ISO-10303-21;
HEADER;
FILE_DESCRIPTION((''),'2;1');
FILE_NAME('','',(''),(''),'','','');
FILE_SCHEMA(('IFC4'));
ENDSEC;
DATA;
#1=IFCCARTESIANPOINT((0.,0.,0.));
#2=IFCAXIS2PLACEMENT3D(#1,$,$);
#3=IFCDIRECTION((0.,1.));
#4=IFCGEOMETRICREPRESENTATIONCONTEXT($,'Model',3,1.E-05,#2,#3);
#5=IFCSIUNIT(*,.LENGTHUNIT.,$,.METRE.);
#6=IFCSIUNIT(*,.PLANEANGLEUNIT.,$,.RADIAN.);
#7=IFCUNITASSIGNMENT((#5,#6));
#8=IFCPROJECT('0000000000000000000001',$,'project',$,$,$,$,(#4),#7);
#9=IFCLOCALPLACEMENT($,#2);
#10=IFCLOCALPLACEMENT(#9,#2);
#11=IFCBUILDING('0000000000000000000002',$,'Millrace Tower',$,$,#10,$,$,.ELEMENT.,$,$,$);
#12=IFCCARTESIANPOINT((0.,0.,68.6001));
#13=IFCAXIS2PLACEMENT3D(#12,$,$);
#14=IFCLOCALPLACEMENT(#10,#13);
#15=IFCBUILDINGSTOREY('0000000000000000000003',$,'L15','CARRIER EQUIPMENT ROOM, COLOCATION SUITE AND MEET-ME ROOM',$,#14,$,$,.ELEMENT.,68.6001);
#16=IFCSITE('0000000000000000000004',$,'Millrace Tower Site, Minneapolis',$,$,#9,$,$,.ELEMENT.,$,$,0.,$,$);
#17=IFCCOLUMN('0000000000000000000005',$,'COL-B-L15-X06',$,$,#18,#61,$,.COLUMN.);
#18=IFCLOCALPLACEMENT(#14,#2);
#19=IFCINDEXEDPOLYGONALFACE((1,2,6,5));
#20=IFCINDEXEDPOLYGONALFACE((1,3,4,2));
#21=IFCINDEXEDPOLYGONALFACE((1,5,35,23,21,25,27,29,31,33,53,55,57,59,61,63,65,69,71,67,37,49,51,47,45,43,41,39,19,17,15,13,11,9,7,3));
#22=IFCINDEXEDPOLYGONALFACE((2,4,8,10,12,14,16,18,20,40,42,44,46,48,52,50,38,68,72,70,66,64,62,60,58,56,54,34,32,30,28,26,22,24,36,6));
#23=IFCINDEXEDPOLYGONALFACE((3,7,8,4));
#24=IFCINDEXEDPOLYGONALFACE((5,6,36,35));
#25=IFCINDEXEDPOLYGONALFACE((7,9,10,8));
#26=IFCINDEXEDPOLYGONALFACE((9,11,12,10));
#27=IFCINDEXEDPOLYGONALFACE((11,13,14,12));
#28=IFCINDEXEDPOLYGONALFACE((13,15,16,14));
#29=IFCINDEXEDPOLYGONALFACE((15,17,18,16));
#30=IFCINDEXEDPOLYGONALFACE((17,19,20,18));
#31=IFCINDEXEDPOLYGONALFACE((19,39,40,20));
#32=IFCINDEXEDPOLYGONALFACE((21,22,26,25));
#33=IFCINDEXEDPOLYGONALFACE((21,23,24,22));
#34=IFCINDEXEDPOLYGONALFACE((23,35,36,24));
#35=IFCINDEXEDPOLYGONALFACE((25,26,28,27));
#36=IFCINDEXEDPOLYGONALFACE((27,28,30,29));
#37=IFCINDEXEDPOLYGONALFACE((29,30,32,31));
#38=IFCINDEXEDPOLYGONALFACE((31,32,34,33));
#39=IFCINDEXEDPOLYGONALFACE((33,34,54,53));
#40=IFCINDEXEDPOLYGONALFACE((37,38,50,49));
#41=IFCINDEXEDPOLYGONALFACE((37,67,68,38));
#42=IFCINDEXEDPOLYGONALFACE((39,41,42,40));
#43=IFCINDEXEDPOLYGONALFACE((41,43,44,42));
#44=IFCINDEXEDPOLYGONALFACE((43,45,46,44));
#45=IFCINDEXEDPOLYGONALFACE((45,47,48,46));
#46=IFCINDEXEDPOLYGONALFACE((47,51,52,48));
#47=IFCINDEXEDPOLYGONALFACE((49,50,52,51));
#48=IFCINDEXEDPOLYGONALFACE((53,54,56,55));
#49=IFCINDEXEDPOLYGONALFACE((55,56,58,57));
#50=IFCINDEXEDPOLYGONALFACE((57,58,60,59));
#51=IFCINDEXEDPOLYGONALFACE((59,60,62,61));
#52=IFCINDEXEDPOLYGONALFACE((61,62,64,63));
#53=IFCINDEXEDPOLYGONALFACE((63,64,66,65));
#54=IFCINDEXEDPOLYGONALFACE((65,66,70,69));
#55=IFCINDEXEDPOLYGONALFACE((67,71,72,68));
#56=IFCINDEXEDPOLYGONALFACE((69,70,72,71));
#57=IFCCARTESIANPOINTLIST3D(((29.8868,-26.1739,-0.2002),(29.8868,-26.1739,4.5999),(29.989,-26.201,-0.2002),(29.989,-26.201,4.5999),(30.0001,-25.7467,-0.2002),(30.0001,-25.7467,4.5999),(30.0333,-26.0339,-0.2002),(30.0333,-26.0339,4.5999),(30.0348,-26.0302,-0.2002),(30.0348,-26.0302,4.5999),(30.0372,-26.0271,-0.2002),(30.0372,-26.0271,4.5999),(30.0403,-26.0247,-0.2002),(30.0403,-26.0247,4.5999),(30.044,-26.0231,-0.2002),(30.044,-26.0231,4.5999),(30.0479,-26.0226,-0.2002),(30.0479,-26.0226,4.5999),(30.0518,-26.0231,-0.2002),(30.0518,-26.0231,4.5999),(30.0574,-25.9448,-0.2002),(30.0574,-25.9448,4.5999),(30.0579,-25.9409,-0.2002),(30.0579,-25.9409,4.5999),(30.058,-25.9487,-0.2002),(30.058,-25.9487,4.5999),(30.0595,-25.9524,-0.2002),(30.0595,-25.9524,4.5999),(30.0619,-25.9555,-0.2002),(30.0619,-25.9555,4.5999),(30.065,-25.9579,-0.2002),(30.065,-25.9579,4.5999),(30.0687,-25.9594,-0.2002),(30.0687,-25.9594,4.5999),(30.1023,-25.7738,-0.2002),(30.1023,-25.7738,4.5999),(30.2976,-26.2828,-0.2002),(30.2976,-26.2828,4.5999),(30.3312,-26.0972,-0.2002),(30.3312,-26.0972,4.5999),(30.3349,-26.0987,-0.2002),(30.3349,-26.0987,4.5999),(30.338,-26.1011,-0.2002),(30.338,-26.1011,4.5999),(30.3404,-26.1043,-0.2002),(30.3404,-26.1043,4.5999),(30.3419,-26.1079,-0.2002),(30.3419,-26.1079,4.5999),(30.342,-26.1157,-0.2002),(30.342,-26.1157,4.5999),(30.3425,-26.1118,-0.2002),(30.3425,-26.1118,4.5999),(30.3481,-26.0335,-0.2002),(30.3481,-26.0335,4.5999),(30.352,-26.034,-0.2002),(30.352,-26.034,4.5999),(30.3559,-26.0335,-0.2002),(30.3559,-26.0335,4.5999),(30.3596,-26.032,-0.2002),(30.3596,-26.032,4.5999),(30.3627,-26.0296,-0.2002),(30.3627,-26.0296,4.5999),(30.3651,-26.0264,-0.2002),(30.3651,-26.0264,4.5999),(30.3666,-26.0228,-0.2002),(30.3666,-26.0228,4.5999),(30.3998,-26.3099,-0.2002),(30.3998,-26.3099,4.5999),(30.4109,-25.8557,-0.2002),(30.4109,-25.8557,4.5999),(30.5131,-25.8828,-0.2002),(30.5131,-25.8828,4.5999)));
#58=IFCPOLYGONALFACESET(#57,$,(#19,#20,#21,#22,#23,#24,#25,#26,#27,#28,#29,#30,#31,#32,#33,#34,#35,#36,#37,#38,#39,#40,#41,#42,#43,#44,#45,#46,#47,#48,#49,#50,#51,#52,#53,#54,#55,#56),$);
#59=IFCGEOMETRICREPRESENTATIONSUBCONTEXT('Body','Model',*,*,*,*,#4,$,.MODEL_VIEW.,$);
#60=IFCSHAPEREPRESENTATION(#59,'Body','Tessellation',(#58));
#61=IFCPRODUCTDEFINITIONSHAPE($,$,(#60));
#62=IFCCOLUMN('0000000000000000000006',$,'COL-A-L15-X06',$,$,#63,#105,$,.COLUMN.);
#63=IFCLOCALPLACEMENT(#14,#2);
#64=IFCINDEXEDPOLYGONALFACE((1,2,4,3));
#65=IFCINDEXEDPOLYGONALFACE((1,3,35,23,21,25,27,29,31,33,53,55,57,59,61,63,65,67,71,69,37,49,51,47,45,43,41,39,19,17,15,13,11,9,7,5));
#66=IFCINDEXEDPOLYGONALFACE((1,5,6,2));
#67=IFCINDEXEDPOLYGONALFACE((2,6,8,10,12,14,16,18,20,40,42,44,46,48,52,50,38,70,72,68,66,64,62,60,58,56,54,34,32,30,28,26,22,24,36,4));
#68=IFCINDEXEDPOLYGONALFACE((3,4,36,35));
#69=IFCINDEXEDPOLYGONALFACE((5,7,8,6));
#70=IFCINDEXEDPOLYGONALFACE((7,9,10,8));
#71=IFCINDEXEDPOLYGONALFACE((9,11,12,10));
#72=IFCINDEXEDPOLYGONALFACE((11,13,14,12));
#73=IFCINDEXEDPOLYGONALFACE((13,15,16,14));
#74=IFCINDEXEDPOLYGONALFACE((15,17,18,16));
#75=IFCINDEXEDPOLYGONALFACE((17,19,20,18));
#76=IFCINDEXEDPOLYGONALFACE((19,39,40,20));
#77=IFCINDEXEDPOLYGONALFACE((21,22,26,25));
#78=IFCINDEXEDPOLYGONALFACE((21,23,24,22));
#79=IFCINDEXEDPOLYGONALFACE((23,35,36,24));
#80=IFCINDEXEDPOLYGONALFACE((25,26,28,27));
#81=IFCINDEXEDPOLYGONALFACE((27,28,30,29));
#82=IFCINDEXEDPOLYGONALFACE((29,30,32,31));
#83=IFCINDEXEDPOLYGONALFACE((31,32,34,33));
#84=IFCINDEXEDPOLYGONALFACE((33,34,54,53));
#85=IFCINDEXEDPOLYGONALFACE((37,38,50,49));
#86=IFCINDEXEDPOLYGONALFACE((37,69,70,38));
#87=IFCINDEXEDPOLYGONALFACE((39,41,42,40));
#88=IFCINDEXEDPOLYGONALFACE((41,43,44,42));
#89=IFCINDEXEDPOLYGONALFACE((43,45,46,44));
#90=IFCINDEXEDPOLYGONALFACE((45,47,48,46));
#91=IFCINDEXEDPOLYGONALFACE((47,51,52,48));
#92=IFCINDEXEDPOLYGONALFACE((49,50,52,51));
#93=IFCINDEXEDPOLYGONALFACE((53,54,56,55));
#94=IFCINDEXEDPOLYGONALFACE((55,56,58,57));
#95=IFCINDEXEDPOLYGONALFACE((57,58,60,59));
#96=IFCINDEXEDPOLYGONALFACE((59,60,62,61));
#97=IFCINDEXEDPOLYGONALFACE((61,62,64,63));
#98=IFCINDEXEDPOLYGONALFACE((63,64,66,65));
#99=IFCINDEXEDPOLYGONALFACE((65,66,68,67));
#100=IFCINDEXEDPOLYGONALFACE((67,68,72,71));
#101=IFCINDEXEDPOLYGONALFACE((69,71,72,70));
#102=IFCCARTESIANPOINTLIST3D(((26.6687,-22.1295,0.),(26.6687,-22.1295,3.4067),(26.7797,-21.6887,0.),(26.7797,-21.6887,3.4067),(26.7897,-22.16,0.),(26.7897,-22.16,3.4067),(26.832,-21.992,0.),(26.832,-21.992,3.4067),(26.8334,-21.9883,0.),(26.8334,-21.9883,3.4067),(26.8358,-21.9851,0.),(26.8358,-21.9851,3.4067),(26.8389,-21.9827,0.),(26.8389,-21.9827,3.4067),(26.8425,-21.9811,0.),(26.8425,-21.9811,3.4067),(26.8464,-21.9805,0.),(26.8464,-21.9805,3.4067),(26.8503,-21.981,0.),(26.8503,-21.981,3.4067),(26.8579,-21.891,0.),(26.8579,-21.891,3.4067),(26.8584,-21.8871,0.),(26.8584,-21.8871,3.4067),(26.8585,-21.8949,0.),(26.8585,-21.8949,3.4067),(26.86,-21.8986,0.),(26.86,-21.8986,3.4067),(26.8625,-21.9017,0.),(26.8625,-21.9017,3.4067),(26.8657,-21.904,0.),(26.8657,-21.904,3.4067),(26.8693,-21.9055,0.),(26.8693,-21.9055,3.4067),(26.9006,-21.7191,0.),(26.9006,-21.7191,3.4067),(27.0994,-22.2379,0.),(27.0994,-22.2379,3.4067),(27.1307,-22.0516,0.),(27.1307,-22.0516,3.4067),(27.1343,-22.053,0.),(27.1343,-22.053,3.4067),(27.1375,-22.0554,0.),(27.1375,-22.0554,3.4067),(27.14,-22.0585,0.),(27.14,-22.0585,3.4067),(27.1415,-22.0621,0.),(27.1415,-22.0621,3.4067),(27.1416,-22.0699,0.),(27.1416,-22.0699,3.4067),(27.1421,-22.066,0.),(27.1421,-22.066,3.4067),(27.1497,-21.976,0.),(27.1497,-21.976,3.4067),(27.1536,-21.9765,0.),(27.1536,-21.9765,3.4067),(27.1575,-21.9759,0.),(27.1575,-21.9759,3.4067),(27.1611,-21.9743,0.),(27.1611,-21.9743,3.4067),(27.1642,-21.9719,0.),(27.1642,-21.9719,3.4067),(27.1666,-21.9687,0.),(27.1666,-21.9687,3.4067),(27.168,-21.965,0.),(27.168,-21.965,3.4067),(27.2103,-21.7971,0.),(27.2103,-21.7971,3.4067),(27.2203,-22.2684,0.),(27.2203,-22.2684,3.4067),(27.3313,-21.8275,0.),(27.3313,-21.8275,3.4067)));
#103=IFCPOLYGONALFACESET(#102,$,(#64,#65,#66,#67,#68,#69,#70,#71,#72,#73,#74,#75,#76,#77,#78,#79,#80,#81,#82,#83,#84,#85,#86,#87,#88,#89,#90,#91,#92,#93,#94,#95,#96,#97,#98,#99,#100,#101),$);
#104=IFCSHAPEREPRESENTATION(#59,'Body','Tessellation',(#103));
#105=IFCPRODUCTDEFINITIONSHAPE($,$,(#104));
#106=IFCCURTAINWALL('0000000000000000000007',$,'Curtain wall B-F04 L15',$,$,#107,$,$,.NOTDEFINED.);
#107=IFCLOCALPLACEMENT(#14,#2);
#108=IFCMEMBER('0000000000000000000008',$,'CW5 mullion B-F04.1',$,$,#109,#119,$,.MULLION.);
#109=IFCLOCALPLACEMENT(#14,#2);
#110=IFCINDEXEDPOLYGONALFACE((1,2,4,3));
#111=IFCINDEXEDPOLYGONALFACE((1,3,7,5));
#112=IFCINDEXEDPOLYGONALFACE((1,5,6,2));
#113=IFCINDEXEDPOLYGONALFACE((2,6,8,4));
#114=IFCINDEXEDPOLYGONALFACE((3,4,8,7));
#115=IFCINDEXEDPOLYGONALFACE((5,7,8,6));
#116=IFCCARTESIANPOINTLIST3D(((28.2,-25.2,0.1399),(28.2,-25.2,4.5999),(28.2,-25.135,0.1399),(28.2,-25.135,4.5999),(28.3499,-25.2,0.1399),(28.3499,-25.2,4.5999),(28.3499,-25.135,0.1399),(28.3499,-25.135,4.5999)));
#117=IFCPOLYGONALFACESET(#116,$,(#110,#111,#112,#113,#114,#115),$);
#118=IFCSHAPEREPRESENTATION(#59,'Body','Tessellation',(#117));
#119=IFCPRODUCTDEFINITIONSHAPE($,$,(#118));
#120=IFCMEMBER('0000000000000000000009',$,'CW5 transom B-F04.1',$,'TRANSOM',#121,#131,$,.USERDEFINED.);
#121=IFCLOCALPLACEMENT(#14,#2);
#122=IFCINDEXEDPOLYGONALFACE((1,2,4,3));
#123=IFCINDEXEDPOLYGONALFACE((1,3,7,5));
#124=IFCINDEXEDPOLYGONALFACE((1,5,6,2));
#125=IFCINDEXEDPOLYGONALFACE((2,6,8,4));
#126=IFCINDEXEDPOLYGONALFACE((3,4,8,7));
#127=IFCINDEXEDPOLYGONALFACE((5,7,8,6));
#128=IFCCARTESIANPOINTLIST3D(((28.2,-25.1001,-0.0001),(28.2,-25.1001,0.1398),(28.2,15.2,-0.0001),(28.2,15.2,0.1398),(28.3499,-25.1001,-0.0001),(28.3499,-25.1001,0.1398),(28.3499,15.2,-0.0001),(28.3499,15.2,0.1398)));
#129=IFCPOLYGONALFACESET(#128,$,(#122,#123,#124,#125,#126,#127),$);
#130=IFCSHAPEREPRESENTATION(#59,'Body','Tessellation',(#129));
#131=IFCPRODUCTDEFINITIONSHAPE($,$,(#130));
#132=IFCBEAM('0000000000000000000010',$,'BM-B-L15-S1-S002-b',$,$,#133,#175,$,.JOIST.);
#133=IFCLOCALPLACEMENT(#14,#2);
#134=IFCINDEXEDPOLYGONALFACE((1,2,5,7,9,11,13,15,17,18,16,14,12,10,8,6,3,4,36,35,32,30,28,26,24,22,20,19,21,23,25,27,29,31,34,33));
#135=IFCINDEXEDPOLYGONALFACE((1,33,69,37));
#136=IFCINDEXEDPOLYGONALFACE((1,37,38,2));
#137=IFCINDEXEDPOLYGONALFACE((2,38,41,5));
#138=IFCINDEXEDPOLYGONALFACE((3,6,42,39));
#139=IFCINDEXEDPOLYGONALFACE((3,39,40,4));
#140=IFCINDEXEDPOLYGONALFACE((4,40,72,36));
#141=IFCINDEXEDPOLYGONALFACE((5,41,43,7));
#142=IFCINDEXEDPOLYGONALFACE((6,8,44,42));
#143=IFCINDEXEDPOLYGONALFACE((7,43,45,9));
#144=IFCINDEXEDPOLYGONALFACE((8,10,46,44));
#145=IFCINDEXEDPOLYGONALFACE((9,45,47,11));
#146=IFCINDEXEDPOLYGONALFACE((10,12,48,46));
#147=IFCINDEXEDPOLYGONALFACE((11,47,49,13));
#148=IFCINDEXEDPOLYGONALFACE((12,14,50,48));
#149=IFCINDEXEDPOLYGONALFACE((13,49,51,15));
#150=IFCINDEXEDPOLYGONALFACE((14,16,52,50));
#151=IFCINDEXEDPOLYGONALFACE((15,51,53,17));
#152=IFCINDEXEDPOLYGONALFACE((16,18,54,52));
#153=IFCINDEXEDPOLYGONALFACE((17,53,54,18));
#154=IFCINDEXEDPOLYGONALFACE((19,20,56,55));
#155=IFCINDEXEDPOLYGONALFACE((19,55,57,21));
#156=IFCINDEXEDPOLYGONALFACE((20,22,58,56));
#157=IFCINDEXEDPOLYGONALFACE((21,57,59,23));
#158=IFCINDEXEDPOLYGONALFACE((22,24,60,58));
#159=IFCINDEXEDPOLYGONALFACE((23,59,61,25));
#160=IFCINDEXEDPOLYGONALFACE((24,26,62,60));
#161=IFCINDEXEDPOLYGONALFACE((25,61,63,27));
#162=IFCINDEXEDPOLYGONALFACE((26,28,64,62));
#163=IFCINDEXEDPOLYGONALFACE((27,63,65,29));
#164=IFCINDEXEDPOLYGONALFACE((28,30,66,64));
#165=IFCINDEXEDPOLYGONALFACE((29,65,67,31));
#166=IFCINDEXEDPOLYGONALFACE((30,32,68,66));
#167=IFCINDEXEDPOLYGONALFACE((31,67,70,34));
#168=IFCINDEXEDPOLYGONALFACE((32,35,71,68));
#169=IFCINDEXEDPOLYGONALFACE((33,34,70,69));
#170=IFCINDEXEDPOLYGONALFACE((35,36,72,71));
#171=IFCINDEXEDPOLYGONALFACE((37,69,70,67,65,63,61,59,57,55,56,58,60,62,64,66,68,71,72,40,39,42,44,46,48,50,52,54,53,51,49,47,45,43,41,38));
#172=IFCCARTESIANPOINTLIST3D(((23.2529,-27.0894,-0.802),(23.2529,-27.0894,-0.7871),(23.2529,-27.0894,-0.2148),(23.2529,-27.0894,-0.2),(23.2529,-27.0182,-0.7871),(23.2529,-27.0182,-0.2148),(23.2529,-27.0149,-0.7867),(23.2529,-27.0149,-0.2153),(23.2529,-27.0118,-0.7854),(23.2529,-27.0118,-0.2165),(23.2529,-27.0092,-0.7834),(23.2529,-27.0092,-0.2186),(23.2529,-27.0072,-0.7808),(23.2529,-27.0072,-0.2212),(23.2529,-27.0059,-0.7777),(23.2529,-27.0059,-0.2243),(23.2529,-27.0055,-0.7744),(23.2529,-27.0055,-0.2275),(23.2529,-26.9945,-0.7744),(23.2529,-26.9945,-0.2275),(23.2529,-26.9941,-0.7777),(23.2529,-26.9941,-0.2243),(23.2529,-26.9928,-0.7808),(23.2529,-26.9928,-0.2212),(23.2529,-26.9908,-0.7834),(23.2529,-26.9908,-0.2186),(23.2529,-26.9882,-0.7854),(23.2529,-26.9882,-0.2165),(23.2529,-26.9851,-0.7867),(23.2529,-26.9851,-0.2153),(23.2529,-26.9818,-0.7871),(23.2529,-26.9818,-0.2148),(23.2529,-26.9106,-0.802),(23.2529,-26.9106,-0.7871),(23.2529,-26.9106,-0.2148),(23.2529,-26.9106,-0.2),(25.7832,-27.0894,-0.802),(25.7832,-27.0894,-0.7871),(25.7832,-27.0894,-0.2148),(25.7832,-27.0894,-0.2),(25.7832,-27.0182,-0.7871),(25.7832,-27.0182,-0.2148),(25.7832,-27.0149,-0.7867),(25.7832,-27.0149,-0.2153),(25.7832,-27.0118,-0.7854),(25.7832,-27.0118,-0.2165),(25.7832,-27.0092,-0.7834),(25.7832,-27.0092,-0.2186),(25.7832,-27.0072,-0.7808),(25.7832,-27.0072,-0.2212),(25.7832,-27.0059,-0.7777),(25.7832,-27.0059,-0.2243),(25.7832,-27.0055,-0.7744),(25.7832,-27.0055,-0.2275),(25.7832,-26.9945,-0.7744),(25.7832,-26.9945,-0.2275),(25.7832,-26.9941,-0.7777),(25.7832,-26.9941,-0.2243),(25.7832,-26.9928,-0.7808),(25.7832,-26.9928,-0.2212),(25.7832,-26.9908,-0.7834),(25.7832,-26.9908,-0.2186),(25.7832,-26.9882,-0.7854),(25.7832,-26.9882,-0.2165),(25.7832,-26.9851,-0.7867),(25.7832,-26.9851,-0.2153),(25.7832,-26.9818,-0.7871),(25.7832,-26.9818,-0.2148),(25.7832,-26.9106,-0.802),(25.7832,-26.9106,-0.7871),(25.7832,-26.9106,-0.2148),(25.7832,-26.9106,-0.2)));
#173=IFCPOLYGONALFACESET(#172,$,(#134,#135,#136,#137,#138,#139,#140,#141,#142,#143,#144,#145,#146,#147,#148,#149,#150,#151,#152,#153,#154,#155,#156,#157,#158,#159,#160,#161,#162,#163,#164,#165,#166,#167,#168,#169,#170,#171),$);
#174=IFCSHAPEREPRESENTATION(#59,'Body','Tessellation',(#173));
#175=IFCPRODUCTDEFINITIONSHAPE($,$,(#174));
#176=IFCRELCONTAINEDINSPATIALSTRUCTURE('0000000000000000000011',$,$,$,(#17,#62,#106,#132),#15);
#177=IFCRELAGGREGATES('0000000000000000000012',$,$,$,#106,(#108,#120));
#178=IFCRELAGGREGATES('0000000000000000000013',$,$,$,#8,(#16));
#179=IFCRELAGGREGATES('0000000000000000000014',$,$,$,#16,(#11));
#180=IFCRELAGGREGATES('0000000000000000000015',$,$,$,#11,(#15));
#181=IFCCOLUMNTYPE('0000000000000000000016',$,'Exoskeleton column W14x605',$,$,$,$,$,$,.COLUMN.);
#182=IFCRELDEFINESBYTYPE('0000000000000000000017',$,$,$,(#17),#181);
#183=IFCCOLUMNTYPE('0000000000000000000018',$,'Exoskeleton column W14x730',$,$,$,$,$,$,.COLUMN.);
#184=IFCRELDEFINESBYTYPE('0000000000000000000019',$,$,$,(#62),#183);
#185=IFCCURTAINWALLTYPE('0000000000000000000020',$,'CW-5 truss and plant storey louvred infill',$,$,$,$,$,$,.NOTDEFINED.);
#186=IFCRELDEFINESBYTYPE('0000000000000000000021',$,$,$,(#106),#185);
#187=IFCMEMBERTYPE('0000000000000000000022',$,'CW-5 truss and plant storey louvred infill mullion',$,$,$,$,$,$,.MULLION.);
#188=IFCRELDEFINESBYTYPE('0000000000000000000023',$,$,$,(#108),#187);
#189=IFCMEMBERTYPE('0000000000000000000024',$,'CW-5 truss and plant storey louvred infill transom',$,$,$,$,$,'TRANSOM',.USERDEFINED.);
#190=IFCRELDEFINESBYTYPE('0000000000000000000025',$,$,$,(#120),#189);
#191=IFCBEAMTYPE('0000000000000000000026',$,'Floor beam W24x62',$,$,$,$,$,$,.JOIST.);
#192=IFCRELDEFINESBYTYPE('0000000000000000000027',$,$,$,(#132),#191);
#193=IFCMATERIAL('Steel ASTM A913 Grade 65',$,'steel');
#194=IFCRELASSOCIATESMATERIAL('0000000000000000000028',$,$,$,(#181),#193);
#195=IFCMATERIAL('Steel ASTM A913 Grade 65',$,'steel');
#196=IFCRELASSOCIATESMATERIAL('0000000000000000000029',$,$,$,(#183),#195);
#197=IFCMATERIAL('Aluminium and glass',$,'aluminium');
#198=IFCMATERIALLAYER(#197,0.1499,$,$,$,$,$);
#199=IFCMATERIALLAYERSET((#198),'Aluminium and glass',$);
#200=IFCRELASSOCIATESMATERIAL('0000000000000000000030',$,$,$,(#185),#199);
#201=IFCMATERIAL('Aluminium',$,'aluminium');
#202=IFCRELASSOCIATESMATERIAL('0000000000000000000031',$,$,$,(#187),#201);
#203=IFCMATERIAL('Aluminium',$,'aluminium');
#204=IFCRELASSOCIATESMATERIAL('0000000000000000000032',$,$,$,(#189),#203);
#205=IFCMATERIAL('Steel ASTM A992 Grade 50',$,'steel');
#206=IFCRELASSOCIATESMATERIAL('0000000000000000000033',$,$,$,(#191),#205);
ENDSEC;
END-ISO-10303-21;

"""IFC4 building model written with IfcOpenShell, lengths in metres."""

from ifc_helpers import new_model, si_unit, direction, frame, origin, origin_2d, place, context, subcontext, project, spatial, rectangle, i_section, extrude, material, layer, layer_set, material_profile, profile_set, type_object, element, aggregate, save


model = new_model("IFC4")

# Units and contexts
model_context = context("Model", 3, precision=1e-05, world=origin(), true_north=direction((0.0, 1.0)))
body_context = subcontext(model_context, "Body", "Model", "MODEL_VIEW")
ifc_project = project(units=[si_unit("LENGTHUNIT", "METRE"), si_unit("PLANEANGLEUNIT", "RADIAN")], contexts=[model_context])

# Site, building, storey
site_placement = place(None, origin())
site = spatial("IfcSite", under=ifc_project, at=site_placement, Name="Millrace Tower Site, Minneapolis", CompositionType="ELEMENT", RefElevation=0.0)
building_placement = place(site_placement, origin())
building = spatial("IfcBuilding", under=site, at=building_placement, Name="Millrace Tower", CompositionType="ELEMENT")
storey_placement = place(building_placement, frame((0.0, 0.0, 68.6001)))
storey = spatial("IfcBuildingStorey", under=building, at=storey_placement, Name="L15", Description="CARRIER EQUIPMENT ROOM, COLOCATION SUITE AND MEET-ME ROOM", CompositionType="ELEMENT", Elevation=68.6001)

# Columns
ifc_material_1 = material(Name="Steel ASTM A913 Grade 65", Category="steel")
ifc_material_profile_1 = material_profile(ifc_material_1, i_section(OverallWidth=0.4419, OverallDepth=0.5308, WebThickness=0.0659, FlangeThickness=0.1057, FilletRadius=0.0151, at=origin_2d()))
ifc_profile_set_1 = profile_set([ifc_material_profile_1], Name="Steel ASTM A913 Grade 65")
column_type_1 = type_object("IfcColumnType", Name="Exoskeleton column W14x605", PredefinedType="COLUMN", material=ifc_profile_set_1)
column_1_placement = place(storey_placement, frame((30.2, -26.0283, -0.2002), z_axis=(0.0, 0.0, 1.0), x_axis=(0.256347, 0.966585, 0.0)))
element("IfcColumn", 1, at=column_1_placement, inside=storey, type_object=column_type_1, Name="COL-B-L15-X06", PredefinedType="COLUMN", context=body_context, shape_type="SweptSolid", body=[
    extrude(i_section(OverallWidth=0.4419, OverallDepth=0.5308, WebThickness=0.0659, FlangeThickness=0.1057, FilletRadius=0.0151, at=origin_2d()), origin(), (0.0, 0.0, 1.0), 4.8),
])
ifc_material_2 = material(Name="Steel ASTM A913 Grade 65", Category="steel")
ifc_material_profile_2 = material_profile(ifc_material_2, i_section(OverallWidth=0.4546, OverallDepth=0.5688, WebThickness=0.0779, FlangeThickness=0.1248, FilletRadius=0.0151, at=origin_2d()))
ifc_profile_set_2 = profile_set([ifc_material_profile_2], Name="Steel ASTM A913 Grade 65")
column_type_2 = type_object("IfcColumnType", Name="Exoskeleton column W14x730", PredefinedType="COLUMN", material=ifc_profile_set_2)
column_2_placement = place(storey_placement, frame((27.0, -21.9785, 0.0), z_axis=(0.0, 0.0, 1.0), x_axis=(0.244094, 0.969752, 0.0)))
element("IfcColumn", 2, at=column_2_placement, inside=storey, type_object=column_type_2, Name="COL-A-L15-X06", PredefinedType="COLUMN", context=body_context, shape_type="SweptSolid", body=[
    extrude(i_section(OverallWidth=0.4546, OverallDepth=0.5688, WebThickness=0.0779, FlangeThickness=0.1248, FilletRadius=0.0151, at=origin_2d()), origin(), (0.0, 0.0, 1.0), 3.4067),
])

# Curtain wall, members
ifc_material_3 = material(Name="Aluminium and glass", Category="aluminium")
ifc_layer_1 = layer(ifc_material_3, 0.1499)
ifc_layer_set_1 = layer_set([ifc_layer_1], Name="Aluminium and glass")
curtain_wall_type = type_object("IfcCurtainWallType", Name="CW-5 truss and plant storey louvred infill", PredefinedType="NOTDEFINED", material=ifc_layer_set_1)
curtain_wall_placement = place(storey_placement, origin())
curtain_wall = element("IfcCurtainWall", 3, at=curtain_wall_placement, inside=storey, type_object=curtain_wall_type, Name="Curtain wall B-F04 L15", PredefinedType="NOTDEFINED")
ifc_material_4 = material(Name="Aluminium", Category="aluminium")
ifc_material_profile_3 = material_profile(ifc_material_4, rectangle(XDim=0.0649, YDim=0.1499, at=origin_2d()))
ifc_profile_set_3 = profile_set([ifc_material_profile_3], Name="Aluminium")
member_type_1 = type_object("IfcMemberType", Name="CW-5 truss and plant storey louvred infill mullion", PredefinedType="MULLION", material=ifc_profile_set_3)
member_1_placement = place(storey_placement, frame((28.2749, -25.1675, 0.1399), z_axis=(0.0, 0.0, 1.0), x_axis=(0.0, 1.0, 0.0)))
member_1 = element("IfcMember", 4, at=member_1_placement, type_object=member_type_1, Name="CW5 mullion B-F04.1", PredefinedType="MULLION", context=body_context, shape_type="SweptSolid", body=[
    extrude(rectangle(XDim=0.0649, YDim=0.1499, at=origin_2d()), origin(), (0.0, 0.0, 1.0), 4.46),
])
ifc_material_5 = material(Name="Aluminium", Category="aluminium")
ifc_material_profile_4 = material_profile(ifc_material_5, rectangle(XDim=0.1499, YDim=0.1399, at=origin_2d()))
ifc_profile_set_4 = profile_set([ifc_material_profile_4], Name="Aluminium")
member_type_2 = type_object("IfcMemberType", Name="CW-5 truss and plant storey louvred infill transom", ElementType="TRANSOM", PredefinedType="USERDEFINED", material=ifc_profile_set_4)
member_2_placement = place(storey_placement, frame((28.2749, -25.1001, 0.0698), z_axis=(0.0, 1.0, 0.0), x_axis=(-1.0, 0.0, 0.0)))
member_2 = element("IfcMember", 5, at=member_2_placement, type_object=member_type_2, Name="CW5 transom B-F04.1", ObjectType="TRANSOM", PredefinedType="USERDEFINED", context=body_context, shape_type="SweptSolid", body=[
    extrude(rectangle(XDim=0.1499, YDim=0.1399, at=origin_2d()), origin(), (0.0, 0.0, 1.0), 40.3),
])
aggregate(curtain_wall, [member_1, member_2])

# Beam
ifc_material_6 = material(Name="Steel ASTM A992 Grade 50", Category="steel")
ifc_material_profile_5 = material_profile(ifc_material_6, i_section(OverallWidth=0.1787, OverallDepth=0.6021, WebThickness=0.011, FlangeThickness=0.0149, FilletRadius=0.0127, at=origin_2d()))
ifc_profile_set_5 = profile_set([ifc_material_profile_5], Name="Steel ASTM A992 Grade 50")
beam_type_1 = type_object("IfcBeamType", Name="Floor beam W24x62", PredefinedType="JOIST", material=ifc_profile_set_5)
beam_1_placement = place(storey_placement, frame((23.2529, -27.0, -0.501), z_axis=(1.0, 0.0, 0.0), x_axis=(0.0, 1.0, 0.0)))
element("IfcBeam", 6, at=beam_1_placement, inside=storey, type_object=beam_type_1, Name="BM-B-L15-S1-S002-b", PredefinedType="JOIST", context=body_context, shape_type="SweptSolid", body=[
    extrude(i_section(OverallWidth=0.1787, OverallDepth=0.6021, WebThickness=0.011, FlangeThickness=0.0149, FilletRadius=0.0127, at=origin_2d()), origin(), (0.0, 0.0, 1.0), 2.5303),
])

save(model, "model.ifc")
